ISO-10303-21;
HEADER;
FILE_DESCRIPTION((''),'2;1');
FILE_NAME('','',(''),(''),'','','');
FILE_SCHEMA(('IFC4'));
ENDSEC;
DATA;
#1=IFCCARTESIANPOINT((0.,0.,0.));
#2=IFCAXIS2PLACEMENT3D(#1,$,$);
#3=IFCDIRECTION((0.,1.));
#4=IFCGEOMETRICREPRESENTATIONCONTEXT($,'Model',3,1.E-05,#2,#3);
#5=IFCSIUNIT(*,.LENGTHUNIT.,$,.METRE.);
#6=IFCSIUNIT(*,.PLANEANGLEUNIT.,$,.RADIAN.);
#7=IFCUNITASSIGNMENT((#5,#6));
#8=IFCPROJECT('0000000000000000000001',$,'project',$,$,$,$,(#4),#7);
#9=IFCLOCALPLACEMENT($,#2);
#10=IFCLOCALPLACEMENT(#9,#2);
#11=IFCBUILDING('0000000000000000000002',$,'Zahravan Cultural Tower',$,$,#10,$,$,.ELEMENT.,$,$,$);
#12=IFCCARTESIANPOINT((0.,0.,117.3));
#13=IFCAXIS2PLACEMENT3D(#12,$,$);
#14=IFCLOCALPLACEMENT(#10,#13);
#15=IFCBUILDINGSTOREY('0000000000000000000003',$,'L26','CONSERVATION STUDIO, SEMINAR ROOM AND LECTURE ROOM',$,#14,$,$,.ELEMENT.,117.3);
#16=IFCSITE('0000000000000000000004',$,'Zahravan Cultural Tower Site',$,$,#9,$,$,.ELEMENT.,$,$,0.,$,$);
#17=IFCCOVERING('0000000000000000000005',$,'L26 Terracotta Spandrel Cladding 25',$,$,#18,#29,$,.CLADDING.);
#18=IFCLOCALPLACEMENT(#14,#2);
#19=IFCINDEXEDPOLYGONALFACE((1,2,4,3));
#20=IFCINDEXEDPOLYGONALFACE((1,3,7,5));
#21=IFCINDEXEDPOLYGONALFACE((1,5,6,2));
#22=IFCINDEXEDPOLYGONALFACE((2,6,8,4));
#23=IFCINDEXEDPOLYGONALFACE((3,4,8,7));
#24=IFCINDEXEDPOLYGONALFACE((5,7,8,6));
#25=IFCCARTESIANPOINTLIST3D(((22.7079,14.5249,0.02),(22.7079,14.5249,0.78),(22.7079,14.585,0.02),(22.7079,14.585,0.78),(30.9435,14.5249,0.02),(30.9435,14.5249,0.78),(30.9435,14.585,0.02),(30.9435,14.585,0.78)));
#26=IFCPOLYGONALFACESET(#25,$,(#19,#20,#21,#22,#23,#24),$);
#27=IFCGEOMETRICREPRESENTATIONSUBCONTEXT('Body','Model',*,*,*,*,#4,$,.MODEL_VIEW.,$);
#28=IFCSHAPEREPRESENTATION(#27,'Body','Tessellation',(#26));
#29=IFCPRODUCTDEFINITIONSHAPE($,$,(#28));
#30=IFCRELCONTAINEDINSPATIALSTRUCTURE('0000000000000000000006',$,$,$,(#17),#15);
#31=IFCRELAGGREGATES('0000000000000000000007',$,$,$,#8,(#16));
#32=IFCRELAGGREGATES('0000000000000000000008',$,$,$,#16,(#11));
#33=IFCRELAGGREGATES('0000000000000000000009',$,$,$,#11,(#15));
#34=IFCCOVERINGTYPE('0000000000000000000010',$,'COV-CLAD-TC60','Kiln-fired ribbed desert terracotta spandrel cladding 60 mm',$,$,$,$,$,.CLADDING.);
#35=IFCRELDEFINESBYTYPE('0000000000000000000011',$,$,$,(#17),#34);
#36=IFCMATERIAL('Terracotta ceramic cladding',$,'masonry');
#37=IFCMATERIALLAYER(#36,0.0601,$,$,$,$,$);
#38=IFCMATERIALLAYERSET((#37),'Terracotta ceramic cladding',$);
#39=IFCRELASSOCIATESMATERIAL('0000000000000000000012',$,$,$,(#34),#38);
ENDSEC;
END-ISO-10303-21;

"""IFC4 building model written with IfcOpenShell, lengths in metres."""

from ifc_helpers import new_model, si_unit, direction, frame, origin, origin_2d, place, context, subcontext, project, spatial, rectangle, extrude, source, transform, mapped, material, layer, layer_set, type_object, element, save


model = new_model("IFC4")

# Units and contexts
model_context = context("Model", 3, precision=1e-05, world=origin(), true_north=direction((0.0, 1.0)))
body_context = subcontext(model_context, "Body", "Model", "MODEL_VIEW")
ifc_project = project(units=[si_unit("LENGTHUNIT", "METRE"), si_unit("PLANEANGLEUNIT", "RADIAN")], contexts=[model_context])

# Site, building, storey
site_placement = place(None, origin())
site = spatial("IfcSite", under=ifc_project, at=site_placement, Name="Zahravan Cultural Tower Site", CompositionType="ELEMENT", RefElevation=0.0)
building_placement = place(site_placement, origin())
building = spatial("IfcBuilding", under=site, at=building_placement, Name="Zahravan Cultural Tower", CompositionType="ELEMENT")
storey_placement = place(building_placement, frame((0.0, 0.0, 117.3)))
storey = spatial("IfcBuildingStorey", under=building, at=storey_placement, Name="L26", Description="CONSERVATION STUDIO, SEMINAR ROOM AND LECTURE ROOM", CompositionType="ELEMENT", Elevation=117.3)

# Covering
ifc_material_1 = material(Name="Terracotta ceramic cladding", Category="masonry")
ifc_layer_1 = layer(ifc_material_1, 0.0601)
ifc_layer_set_1 = layer_set([ifc_layer_1], Name="Terracotta ceramic cladding")
covering_type = type_object("IfcCoveringType", Name="COV-CLAD-TC60", Description="Kiln-fired ribbed desert terracotta spandrel cladding 60 mm", PredefinedType="CLADDING", material=ifc_layer_set_1)
shared_shape_1 = source(origin(), body_context, "Body", "SweptSolid", [
    extrude(rectangle(XDim=8.2356, YDim=0.0601, at=origin_2d()), origin(), (0.0, 0.0, 1.0), 0.76),
])
covering_1_placement = place(storey_placement, frame((26.8257, 14.5549, 0.02), z_axis=(0.0, 0.0, 1.0), x_axis=(-1.0, 0.0, 0.0)))
element("IfcCovering", 1, at=covering_1_placement, inside=storey, type_object=covering_type, Name="L26 Terracotta Spandrel Cladding 25", PredefinedType="CLADDING", context=body_context, shape_type="MappedRepresentation", body=[
    mapped(shared_shape_1, transform((0.0, 0.0, 0.0), x_axis=(1.0, 0.0, 0.0), y_axis=(0.0, 1.0, 0.0), z_axis=(0.0, 0.0, 1.0), scale=1.0)),
])

save(model, "model.ifc")
